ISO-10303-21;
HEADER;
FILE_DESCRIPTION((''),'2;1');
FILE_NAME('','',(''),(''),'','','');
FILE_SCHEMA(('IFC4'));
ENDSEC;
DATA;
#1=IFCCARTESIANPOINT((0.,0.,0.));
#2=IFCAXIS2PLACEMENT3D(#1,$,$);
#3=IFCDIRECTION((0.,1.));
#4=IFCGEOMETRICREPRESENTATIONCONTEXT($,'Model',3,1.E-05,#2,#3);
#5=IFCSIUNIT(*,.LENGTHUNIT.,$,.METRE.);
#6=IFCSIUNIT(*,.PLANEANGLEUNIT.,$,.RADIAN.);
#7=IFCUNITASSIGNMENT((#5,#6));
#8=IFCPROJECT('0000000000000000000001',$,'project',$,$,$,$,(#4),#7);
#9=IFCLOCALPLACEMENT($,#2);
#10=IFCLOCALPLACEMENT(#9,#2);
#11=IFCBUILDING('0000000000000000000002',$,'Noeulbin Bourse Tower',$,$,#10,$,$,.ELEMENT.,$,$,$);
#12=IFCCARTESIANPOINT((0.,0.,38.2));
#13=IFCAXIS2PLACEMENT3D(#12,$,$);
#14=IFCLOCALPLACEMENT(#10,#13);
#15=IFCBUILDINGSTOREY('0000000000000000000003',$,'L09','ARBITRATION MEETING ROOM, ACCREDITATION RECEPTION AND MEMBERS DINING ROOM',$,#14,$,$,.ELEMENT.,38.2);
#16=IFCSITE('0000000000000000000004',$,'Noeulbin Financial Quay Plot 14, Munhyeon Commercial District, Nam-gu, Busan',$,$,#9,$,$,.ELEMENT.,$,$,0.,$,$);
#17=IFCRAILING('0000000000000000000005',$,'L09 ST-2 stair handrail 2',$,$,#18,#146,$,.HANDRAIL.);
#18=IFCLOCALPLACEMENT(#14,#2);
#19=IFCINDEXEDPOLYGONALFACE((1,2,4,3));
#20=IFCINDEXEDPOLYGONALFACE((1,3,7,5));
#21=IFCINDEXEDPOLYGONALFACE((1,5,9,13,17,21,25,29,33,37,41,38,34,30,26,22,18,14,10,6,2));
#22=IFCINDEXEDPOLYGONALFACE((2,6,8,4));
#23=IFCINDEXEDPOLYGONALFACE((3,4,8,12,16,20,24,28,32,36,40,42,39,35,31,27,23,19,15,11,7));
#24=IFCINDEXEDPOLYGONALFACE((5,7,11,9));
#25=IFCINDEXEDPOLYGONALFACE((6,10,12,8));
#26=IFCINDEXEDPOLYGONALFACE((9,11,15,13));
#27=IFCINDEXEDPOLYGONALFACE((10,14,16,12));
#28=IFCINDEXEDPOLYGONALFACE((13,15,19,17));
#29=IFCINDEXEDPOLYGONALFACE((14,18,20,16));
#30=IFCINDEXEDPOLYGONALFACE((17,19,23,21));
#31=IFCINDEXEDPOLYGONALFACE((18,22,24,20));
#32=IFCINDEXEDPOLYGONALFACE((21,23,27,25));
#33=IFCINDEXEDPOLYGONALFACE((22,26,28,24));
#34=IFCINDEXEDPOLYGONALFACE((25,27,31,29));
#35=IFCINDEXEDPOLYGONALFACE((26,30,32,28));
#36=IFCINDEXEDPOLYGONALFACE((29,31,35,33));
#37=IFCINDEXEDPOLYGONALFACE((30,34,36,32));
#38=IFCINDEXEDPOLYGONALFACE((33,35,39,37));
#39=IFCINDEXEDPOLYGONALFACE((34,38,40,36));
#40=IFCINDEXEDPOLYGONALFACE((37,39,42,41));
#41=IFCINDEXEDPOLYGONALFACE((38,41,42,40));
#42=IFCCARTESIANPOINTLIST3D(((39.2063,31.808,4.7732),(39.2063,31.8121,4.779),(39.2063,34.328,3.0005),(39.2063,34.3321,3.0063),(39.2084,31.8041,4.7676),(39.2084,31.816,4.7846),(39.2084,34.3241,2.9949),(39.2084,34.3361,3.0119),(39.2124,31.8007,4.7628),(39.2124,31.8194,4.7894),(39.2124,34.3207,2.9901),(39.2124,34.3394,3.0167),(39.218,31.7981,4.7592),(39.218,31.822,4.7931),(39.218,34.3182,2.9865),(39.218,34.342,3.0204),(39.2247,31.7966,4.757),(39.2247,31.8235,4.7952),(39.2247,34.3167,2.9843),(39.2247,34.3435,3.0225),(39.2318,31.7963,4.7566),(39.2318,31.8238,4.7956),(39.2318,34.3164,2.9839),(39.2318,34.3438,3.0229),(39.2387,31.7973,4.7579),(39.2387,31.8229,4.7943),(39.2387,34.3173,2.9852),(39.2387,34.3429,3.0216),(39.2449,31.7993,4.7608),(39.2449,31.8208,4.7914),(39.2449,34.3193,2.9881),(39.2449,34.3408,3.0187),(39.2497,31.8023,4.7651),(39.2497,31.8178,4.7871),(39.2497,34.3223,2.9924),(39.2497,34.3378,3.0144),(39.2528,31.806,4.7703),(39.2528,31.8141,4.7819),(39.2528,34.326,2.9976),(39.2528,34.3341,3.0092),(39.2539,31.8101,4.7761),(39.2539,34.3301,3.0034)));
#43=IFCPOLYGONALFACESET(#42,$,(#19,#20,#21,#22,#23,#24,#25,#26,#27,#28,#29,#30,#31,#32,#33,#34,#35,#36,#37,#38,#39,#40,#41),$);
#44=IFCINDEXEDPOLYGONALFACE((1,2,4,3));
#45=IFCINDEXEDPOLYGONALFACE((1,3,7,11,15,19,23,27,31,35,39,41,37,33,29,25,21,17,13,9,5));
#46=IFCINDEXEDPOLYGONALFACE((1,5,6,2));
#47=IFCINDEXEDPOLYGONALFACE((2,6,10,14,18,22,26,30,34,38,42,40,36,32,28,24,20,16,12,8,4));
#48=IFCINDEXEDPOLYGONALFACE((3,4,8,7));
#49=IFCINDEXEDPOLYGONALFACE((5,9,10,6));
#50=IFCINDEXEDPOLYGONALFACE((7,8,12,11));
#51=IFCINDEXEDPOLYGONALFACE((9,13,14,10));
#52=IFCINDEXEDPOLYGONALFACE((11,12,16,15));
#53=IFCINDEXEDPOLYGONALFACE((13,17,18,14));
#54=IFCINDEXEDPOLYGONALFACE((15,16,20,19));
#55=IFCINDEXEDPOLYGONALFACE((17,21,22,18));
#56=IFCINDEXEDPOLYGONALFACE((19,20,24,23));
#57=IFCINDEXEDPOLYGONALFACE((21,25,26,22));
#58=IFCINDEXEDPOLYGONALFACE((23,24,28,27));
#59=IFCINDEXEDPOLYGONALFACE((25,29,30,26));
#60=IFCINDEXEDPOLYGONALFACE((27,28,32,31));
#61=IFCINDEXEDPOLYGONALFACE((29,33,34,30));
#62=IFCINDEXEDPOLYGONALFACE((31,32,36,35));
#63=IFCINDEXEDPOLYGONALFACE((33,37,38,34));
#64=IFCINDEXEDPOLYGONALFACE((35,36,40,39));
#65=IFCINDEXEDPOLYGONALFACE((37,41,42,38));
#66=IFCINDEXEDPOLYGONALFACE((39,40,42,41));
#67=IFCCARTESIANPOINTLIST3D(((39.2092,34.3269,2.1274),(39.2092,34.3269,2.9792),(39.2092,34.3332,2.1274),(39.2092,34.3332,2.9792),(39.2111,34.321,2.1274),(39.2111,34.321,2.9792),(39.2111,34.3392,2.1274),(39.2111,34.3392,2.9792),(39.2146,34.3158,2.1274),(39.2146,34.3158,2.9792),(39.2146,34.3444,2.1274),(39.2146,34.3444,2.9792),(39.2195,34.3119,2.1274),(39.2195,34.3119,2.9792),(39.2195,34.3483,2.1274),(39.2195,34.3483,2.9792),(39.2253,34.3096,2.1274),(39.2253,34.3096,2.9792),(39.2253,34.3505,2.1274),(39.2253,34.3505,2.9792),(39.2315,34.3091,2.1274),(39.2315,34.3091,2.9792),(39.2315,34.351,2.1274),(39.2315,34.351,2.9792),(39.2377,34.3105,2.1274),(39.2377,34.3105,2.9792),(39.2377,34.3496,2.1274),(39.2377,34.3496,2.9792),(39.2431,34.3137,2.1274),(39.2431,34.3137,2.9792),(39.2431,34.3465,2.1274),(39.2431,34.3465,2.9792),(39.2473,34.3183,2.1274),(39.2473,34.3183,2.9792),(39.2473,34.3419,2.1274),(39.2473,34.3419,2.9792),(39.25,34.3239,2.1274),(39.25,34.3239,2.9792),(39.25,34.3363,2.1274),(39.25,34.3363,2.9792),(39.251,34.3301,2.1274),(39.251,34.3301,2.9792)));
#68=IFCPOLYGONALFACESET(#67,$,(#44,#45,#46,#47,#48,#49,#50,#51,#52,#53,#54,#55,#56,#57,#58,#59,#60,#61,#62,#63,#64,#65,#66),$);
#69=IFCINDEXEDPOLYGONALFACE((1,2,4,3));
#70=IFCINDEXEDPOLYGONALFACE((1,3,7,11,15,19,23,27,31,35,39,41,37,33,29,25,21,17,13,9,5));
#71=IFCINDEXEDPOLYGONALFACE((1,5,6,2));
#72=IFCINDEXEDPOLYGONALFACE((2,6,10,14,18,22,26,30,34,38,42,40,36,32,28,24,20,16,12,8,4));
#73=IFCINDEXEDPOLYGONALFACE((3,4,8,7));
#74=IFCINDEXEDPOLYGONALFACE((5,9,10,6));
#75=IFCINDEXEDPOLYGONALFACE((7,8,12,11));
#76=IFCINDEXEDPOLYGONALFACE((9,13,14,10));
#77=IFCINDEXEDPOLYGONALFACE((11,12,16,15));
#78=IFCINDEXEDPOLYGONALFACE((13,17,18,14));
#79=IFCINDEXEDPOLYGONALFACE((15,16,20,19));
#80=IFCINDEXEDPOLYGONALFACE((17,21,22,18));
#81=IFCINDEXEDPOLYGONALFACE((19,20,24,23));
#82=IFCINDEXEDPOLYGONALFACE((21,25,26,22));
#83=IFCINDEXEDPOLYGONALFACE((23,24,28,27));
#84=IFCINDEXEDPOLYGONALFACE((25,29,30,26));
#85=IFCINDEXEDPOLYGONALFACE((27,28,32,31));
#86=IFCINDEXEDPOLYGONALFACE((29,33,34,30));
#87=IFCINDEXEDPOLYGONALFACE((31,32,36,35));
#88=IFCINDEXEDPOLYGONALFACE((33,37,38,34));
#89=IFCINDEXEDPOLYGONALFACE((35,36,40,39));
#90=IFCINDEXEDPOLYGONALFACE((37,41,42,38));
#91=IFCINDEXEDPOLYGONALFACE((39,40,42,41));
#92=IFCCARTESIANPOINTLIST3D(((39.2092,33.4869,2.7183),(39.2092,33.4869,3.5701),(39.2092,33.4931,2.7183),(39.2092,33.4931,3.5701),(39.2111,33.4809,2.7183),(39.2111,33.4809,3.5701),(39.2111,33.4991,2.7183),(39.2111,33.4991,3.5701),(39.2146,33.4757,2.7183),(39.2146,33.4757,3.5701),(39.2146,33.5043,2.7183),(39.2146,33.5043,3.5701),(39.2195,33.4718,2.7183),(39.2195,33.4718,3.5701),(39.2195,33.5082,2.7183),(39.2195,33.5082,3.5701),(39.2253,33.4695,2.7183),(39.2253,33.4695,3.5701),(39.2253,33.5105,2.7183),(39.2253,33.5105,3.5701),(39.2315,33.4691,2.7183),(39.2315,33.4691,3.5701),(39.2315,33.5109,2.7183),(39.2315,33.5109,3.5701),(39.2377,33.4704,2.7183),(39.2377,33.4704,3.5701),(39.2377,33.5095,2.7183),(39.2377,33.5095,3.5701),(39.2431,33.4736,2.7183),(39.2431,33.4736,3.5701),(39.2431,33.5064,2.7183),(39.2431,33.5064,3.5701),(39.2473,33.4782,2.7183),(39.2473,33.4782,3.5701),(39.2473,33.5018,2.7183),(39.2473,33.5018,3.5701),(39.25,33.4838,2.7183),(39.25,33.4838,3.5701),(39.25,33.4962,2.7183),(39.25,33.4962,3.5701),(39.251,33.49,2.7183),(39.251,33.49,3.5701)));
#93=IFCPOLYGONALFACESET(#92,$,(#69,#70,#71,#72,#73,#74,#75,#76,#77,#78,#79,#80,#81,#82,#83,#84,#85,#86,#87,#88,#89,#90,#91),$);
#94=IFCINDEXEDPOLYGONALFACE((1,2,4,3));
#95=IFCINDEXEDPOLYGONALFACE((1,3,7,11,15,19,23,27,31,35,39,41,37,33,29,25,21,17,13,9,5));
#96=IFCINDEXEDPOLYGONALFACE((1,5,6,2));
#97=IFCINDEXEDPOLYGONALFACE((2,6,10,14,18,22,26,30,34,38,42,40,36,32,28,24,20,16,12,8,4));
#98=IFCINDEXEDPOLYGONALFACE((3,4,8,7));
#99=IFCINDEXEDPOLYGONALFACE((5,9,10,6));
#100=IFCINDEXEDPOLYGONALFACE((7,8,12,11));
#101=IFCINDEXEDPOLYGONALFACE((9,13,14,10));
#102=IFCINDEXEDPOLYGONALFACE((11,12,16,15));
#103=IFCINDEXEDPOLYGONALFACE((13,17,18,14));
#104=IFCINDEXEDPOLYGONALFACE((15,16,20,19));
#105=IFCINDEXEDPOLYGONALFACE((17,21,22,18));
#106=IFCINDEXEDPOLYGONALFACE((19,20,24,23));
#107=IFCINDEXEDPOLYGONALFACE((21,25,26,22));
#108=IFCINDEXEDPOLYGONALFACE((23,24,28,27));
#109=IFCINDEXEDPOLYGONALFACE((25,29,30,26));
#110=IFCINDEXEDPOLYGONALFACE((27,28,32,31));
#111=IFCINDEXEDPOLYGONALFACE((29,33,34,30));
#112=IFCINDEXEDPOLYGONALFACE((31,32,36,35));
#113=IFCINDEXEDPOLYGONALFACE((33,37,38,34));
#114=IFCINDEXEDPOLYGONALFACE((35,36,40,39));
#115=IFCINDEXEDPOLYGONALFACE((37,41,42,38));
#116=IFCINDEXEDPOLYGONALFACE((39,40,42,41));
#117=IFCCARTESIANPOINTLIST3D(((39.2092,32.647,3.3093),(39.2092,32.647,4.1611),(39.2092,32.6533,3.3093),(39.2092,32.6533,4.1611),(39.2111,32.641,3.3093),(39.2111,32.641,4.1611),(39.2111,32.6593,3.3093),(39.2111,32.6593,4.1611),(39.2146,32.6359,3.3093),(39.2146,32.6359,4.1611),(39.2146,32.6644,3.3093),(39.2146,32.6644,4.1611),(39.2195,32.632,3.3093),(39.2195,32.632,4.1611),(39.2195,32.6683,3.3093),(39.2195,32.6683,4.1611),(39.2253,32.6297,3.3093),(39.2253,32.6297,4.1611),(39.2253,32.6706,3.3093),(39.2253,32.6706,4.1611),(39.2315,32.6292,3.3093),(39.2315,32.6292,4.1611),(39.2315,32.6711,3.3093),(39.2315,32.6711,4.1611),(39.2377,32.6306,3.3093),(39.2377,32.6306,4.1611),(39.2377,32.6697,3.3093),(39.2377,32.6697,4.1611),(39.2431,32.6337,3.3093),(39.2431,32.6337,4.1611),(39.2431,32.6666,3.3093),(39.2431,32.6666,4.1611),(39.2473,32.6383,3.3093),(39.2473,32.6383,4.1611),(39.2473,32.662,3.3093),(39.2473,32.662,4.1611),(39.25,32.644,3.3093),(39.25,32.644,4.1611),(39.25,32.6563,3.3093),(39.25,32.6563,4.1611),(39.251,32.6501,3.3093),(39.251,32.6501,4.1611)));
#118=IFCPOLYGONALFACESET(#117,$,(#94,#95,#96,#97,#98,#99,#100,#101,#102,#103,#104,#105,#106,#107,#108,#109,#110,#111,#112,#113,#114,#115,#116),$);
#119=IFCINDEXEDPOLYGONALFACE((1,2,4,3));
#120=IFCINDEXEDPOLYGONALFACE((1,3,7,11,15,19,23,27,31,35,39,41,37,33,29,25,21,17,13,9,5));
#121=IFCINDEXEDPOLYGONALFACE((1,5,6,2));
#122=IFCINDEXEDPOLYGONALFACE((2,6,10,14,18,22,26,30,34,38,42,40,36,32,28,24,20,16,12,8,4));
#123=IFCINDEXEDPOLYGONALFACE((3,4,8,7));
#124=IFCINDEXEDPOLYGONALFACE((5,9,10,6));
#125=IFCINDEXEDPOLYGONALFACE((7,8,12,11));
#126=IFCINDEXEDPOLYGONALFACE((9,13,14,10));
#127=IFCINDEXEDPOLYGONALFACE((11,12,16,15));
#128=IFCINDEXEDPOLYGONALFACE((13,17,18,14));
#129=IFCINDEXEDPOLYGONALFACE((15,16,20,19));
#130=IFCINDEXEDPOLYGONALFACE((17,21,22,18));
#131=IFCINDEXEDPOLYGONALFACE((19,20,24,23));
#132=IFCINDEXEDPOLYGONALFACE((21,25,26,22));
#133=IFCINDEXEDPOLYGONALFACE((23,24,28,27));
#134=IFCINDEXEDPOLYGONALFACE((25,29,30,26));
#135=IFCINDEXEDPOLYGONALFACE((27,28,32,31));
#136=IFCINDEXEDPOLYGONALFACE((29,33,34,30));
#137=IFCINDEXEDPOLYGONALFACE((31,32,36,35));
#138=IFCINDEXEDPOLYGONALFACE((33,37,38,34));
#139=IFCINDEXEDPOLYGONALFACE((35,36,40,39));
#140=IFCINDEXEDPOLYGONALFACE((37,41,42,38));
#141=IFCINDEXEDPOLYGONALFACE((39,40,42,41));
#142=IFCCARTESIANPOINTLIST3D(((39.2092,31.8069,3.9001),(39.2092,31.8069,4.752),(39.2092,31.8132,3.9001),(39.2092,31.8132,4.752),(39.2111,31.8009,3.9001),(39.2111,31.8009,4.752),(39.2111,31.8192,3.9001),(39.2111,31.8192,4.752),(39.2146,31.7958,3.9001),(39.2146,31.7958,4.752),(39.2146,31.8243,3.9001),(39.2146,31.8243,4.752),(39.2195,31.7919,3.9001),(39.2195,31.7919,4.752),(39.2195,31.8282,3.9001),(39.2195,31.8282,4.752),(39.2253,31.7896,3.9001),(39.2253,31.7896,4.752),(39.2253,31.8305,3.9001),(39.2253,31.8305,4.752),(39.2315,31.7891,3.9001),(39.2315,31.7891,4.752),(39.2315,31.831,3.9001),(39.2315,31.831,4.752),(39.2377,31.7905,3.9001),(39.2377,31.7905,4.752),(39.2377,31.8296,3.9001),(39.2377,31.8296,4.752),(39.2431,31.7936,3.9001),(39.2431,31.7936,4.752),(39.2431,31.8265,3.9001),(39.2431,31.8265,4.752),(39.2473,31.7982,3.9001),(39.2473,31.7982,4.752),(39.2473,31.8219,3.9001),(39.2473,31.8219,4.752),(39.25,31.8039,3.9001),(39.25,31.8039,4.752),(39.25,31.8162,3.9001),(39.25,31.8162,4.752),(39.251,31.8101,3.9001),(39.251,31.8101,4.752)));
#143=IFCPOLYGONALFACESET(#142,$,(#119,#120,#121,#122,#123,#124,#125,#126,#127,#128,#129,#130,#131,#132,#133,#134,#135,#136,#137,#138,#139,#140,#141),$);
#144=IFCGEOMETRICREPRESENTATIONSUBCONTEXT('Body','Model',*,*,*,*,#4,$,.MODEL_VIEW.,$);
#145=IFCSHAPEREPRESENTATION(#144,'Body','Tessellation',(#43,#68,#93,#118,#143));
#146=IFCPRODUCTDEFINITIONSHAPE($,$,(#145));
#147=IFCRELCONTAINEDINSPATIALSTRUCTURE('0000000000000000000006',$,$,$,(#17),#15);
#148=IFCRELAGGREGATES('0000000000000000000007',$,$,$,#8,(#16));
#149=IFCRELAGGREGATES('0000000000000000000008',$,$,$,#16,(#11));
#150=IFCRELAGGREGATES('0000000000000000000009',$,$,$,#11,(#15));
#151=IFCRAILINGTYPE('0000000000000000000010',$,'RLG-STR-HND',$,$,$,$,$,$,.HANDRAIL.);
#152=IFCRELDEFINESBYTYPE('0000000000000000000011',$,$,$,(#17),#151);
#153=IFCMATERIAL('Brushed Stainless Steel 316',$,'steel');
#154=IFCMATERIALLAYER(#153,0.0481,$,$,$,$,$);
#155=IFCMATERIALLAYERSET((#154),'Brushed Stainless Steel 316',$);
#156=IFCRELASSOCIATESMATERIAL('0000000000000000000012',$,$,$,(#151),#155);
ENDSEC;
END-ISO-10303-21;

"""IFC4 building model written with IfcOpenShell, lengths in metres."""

from ifc_helpers import new_model, si_unit, direction, frame, origin, origin_2d, place, context, subcontext, project, spatial, circle, extrude, material, layer, layer_set, type_object, element, save


model = new_model("IFC4")

# Units and contexts
model_context = context("Model", 3, precision=1e-05, world=origin(), true_north=direction((0.0, 1.0)))
body_context = subcontext(model_context, "Body", "Model", "MODEL_VIEW")
ifc_project = project(units=[si_unit("LENGTHUNIT", "METRE"), si_unit("PLANEANGLEUNIT", "RADIAN")], contexts=[model_context])

# Site, building, storey
site_placement = place(None, origin())
site = spatial("IfcSite", under=ifc_project, at=site_placement, Name="Noeulbin Financial Quay Plot 14, Munhyeon Commercial District, Nam-gu, Busan", CompositionType="ELEMENT", RefElevation=0.0)
building_placement = place(site_placement, origin())
building = spatial("IfcBuilding", under=site, at=building_placement, Name="Noeulbin Bourse Tower", CompositionType="ELEMENT")
storey_placement = place(building_placement, frame((0.0, 0.0, 38.2)))
storey = spatial("IfcBuildingStorey", under=building, at=storey_placement, Name="L09", Description="ARBITRATION MEETING ROOM, ACCREDITATION RECEPTION AND MEMBERS DINING ROOM", CompositionType="ELEMENT", Elevation=38.2)

# Shared definitions
ifc_material_1 = material(Name="Brushed Stainless Steel 316", Category="steel")

# Railing
ifc_layer_1 = layer(ifc_material_1, 0.0481)
ifc_layer_set_1 = layer_set([ifc_layer_1], Name="Brushed Stainless Steel 316")
railing_type = type_object("IfcRailingType", Name="RLG-STR-HND", PredefinedType="HANDRAIL", material=ifc_layer_set_1)
railing_placement = place(storey_placement, frame((39.23, 34.3301, 2.1274)))
element("IfcRailing", 1, at=railing_placement, inside=storey, type_object=railing_type, Name="L09 ST-2 stair handrail 2", PredefinedType="HANDRAIL", context=body_context, shape_type="SweptSolid", body=[
    extrude(circle(Radius=0.0239, at=origin_2d()), frame((0.0, 0.0, 0.876), z_axis=(0.0, -0.817904, 0.575354), x_axis=(1.0, 0.0, 0.0)), (0.0, 0.0, 1.0), 3.0811),
    extrude(circle(Radius=0.021, at=origin_2d()), origin(), (0.0, 0.0, 1.0), 0.8518),
    extrude(circle(Radius=0.021, at=origin_2d()), frame((0.0, -0.8401, 0.5908)), (0.0, 0.0, 1.0), 0.8518),
    extrude(circle(Radius=0.021, at=origin_2d()), frame((0.0, -1.6799, 1.1819)), (0.0, 0.0, 1.0), 0.8518),
    extrude(circle(Radius=0.021, at=origin_2d()), frame((0.0, -2.52, 1.7727)), (0.0, 0.0, 1.0), 0.8518),
])

save(model, "model.ifc")
